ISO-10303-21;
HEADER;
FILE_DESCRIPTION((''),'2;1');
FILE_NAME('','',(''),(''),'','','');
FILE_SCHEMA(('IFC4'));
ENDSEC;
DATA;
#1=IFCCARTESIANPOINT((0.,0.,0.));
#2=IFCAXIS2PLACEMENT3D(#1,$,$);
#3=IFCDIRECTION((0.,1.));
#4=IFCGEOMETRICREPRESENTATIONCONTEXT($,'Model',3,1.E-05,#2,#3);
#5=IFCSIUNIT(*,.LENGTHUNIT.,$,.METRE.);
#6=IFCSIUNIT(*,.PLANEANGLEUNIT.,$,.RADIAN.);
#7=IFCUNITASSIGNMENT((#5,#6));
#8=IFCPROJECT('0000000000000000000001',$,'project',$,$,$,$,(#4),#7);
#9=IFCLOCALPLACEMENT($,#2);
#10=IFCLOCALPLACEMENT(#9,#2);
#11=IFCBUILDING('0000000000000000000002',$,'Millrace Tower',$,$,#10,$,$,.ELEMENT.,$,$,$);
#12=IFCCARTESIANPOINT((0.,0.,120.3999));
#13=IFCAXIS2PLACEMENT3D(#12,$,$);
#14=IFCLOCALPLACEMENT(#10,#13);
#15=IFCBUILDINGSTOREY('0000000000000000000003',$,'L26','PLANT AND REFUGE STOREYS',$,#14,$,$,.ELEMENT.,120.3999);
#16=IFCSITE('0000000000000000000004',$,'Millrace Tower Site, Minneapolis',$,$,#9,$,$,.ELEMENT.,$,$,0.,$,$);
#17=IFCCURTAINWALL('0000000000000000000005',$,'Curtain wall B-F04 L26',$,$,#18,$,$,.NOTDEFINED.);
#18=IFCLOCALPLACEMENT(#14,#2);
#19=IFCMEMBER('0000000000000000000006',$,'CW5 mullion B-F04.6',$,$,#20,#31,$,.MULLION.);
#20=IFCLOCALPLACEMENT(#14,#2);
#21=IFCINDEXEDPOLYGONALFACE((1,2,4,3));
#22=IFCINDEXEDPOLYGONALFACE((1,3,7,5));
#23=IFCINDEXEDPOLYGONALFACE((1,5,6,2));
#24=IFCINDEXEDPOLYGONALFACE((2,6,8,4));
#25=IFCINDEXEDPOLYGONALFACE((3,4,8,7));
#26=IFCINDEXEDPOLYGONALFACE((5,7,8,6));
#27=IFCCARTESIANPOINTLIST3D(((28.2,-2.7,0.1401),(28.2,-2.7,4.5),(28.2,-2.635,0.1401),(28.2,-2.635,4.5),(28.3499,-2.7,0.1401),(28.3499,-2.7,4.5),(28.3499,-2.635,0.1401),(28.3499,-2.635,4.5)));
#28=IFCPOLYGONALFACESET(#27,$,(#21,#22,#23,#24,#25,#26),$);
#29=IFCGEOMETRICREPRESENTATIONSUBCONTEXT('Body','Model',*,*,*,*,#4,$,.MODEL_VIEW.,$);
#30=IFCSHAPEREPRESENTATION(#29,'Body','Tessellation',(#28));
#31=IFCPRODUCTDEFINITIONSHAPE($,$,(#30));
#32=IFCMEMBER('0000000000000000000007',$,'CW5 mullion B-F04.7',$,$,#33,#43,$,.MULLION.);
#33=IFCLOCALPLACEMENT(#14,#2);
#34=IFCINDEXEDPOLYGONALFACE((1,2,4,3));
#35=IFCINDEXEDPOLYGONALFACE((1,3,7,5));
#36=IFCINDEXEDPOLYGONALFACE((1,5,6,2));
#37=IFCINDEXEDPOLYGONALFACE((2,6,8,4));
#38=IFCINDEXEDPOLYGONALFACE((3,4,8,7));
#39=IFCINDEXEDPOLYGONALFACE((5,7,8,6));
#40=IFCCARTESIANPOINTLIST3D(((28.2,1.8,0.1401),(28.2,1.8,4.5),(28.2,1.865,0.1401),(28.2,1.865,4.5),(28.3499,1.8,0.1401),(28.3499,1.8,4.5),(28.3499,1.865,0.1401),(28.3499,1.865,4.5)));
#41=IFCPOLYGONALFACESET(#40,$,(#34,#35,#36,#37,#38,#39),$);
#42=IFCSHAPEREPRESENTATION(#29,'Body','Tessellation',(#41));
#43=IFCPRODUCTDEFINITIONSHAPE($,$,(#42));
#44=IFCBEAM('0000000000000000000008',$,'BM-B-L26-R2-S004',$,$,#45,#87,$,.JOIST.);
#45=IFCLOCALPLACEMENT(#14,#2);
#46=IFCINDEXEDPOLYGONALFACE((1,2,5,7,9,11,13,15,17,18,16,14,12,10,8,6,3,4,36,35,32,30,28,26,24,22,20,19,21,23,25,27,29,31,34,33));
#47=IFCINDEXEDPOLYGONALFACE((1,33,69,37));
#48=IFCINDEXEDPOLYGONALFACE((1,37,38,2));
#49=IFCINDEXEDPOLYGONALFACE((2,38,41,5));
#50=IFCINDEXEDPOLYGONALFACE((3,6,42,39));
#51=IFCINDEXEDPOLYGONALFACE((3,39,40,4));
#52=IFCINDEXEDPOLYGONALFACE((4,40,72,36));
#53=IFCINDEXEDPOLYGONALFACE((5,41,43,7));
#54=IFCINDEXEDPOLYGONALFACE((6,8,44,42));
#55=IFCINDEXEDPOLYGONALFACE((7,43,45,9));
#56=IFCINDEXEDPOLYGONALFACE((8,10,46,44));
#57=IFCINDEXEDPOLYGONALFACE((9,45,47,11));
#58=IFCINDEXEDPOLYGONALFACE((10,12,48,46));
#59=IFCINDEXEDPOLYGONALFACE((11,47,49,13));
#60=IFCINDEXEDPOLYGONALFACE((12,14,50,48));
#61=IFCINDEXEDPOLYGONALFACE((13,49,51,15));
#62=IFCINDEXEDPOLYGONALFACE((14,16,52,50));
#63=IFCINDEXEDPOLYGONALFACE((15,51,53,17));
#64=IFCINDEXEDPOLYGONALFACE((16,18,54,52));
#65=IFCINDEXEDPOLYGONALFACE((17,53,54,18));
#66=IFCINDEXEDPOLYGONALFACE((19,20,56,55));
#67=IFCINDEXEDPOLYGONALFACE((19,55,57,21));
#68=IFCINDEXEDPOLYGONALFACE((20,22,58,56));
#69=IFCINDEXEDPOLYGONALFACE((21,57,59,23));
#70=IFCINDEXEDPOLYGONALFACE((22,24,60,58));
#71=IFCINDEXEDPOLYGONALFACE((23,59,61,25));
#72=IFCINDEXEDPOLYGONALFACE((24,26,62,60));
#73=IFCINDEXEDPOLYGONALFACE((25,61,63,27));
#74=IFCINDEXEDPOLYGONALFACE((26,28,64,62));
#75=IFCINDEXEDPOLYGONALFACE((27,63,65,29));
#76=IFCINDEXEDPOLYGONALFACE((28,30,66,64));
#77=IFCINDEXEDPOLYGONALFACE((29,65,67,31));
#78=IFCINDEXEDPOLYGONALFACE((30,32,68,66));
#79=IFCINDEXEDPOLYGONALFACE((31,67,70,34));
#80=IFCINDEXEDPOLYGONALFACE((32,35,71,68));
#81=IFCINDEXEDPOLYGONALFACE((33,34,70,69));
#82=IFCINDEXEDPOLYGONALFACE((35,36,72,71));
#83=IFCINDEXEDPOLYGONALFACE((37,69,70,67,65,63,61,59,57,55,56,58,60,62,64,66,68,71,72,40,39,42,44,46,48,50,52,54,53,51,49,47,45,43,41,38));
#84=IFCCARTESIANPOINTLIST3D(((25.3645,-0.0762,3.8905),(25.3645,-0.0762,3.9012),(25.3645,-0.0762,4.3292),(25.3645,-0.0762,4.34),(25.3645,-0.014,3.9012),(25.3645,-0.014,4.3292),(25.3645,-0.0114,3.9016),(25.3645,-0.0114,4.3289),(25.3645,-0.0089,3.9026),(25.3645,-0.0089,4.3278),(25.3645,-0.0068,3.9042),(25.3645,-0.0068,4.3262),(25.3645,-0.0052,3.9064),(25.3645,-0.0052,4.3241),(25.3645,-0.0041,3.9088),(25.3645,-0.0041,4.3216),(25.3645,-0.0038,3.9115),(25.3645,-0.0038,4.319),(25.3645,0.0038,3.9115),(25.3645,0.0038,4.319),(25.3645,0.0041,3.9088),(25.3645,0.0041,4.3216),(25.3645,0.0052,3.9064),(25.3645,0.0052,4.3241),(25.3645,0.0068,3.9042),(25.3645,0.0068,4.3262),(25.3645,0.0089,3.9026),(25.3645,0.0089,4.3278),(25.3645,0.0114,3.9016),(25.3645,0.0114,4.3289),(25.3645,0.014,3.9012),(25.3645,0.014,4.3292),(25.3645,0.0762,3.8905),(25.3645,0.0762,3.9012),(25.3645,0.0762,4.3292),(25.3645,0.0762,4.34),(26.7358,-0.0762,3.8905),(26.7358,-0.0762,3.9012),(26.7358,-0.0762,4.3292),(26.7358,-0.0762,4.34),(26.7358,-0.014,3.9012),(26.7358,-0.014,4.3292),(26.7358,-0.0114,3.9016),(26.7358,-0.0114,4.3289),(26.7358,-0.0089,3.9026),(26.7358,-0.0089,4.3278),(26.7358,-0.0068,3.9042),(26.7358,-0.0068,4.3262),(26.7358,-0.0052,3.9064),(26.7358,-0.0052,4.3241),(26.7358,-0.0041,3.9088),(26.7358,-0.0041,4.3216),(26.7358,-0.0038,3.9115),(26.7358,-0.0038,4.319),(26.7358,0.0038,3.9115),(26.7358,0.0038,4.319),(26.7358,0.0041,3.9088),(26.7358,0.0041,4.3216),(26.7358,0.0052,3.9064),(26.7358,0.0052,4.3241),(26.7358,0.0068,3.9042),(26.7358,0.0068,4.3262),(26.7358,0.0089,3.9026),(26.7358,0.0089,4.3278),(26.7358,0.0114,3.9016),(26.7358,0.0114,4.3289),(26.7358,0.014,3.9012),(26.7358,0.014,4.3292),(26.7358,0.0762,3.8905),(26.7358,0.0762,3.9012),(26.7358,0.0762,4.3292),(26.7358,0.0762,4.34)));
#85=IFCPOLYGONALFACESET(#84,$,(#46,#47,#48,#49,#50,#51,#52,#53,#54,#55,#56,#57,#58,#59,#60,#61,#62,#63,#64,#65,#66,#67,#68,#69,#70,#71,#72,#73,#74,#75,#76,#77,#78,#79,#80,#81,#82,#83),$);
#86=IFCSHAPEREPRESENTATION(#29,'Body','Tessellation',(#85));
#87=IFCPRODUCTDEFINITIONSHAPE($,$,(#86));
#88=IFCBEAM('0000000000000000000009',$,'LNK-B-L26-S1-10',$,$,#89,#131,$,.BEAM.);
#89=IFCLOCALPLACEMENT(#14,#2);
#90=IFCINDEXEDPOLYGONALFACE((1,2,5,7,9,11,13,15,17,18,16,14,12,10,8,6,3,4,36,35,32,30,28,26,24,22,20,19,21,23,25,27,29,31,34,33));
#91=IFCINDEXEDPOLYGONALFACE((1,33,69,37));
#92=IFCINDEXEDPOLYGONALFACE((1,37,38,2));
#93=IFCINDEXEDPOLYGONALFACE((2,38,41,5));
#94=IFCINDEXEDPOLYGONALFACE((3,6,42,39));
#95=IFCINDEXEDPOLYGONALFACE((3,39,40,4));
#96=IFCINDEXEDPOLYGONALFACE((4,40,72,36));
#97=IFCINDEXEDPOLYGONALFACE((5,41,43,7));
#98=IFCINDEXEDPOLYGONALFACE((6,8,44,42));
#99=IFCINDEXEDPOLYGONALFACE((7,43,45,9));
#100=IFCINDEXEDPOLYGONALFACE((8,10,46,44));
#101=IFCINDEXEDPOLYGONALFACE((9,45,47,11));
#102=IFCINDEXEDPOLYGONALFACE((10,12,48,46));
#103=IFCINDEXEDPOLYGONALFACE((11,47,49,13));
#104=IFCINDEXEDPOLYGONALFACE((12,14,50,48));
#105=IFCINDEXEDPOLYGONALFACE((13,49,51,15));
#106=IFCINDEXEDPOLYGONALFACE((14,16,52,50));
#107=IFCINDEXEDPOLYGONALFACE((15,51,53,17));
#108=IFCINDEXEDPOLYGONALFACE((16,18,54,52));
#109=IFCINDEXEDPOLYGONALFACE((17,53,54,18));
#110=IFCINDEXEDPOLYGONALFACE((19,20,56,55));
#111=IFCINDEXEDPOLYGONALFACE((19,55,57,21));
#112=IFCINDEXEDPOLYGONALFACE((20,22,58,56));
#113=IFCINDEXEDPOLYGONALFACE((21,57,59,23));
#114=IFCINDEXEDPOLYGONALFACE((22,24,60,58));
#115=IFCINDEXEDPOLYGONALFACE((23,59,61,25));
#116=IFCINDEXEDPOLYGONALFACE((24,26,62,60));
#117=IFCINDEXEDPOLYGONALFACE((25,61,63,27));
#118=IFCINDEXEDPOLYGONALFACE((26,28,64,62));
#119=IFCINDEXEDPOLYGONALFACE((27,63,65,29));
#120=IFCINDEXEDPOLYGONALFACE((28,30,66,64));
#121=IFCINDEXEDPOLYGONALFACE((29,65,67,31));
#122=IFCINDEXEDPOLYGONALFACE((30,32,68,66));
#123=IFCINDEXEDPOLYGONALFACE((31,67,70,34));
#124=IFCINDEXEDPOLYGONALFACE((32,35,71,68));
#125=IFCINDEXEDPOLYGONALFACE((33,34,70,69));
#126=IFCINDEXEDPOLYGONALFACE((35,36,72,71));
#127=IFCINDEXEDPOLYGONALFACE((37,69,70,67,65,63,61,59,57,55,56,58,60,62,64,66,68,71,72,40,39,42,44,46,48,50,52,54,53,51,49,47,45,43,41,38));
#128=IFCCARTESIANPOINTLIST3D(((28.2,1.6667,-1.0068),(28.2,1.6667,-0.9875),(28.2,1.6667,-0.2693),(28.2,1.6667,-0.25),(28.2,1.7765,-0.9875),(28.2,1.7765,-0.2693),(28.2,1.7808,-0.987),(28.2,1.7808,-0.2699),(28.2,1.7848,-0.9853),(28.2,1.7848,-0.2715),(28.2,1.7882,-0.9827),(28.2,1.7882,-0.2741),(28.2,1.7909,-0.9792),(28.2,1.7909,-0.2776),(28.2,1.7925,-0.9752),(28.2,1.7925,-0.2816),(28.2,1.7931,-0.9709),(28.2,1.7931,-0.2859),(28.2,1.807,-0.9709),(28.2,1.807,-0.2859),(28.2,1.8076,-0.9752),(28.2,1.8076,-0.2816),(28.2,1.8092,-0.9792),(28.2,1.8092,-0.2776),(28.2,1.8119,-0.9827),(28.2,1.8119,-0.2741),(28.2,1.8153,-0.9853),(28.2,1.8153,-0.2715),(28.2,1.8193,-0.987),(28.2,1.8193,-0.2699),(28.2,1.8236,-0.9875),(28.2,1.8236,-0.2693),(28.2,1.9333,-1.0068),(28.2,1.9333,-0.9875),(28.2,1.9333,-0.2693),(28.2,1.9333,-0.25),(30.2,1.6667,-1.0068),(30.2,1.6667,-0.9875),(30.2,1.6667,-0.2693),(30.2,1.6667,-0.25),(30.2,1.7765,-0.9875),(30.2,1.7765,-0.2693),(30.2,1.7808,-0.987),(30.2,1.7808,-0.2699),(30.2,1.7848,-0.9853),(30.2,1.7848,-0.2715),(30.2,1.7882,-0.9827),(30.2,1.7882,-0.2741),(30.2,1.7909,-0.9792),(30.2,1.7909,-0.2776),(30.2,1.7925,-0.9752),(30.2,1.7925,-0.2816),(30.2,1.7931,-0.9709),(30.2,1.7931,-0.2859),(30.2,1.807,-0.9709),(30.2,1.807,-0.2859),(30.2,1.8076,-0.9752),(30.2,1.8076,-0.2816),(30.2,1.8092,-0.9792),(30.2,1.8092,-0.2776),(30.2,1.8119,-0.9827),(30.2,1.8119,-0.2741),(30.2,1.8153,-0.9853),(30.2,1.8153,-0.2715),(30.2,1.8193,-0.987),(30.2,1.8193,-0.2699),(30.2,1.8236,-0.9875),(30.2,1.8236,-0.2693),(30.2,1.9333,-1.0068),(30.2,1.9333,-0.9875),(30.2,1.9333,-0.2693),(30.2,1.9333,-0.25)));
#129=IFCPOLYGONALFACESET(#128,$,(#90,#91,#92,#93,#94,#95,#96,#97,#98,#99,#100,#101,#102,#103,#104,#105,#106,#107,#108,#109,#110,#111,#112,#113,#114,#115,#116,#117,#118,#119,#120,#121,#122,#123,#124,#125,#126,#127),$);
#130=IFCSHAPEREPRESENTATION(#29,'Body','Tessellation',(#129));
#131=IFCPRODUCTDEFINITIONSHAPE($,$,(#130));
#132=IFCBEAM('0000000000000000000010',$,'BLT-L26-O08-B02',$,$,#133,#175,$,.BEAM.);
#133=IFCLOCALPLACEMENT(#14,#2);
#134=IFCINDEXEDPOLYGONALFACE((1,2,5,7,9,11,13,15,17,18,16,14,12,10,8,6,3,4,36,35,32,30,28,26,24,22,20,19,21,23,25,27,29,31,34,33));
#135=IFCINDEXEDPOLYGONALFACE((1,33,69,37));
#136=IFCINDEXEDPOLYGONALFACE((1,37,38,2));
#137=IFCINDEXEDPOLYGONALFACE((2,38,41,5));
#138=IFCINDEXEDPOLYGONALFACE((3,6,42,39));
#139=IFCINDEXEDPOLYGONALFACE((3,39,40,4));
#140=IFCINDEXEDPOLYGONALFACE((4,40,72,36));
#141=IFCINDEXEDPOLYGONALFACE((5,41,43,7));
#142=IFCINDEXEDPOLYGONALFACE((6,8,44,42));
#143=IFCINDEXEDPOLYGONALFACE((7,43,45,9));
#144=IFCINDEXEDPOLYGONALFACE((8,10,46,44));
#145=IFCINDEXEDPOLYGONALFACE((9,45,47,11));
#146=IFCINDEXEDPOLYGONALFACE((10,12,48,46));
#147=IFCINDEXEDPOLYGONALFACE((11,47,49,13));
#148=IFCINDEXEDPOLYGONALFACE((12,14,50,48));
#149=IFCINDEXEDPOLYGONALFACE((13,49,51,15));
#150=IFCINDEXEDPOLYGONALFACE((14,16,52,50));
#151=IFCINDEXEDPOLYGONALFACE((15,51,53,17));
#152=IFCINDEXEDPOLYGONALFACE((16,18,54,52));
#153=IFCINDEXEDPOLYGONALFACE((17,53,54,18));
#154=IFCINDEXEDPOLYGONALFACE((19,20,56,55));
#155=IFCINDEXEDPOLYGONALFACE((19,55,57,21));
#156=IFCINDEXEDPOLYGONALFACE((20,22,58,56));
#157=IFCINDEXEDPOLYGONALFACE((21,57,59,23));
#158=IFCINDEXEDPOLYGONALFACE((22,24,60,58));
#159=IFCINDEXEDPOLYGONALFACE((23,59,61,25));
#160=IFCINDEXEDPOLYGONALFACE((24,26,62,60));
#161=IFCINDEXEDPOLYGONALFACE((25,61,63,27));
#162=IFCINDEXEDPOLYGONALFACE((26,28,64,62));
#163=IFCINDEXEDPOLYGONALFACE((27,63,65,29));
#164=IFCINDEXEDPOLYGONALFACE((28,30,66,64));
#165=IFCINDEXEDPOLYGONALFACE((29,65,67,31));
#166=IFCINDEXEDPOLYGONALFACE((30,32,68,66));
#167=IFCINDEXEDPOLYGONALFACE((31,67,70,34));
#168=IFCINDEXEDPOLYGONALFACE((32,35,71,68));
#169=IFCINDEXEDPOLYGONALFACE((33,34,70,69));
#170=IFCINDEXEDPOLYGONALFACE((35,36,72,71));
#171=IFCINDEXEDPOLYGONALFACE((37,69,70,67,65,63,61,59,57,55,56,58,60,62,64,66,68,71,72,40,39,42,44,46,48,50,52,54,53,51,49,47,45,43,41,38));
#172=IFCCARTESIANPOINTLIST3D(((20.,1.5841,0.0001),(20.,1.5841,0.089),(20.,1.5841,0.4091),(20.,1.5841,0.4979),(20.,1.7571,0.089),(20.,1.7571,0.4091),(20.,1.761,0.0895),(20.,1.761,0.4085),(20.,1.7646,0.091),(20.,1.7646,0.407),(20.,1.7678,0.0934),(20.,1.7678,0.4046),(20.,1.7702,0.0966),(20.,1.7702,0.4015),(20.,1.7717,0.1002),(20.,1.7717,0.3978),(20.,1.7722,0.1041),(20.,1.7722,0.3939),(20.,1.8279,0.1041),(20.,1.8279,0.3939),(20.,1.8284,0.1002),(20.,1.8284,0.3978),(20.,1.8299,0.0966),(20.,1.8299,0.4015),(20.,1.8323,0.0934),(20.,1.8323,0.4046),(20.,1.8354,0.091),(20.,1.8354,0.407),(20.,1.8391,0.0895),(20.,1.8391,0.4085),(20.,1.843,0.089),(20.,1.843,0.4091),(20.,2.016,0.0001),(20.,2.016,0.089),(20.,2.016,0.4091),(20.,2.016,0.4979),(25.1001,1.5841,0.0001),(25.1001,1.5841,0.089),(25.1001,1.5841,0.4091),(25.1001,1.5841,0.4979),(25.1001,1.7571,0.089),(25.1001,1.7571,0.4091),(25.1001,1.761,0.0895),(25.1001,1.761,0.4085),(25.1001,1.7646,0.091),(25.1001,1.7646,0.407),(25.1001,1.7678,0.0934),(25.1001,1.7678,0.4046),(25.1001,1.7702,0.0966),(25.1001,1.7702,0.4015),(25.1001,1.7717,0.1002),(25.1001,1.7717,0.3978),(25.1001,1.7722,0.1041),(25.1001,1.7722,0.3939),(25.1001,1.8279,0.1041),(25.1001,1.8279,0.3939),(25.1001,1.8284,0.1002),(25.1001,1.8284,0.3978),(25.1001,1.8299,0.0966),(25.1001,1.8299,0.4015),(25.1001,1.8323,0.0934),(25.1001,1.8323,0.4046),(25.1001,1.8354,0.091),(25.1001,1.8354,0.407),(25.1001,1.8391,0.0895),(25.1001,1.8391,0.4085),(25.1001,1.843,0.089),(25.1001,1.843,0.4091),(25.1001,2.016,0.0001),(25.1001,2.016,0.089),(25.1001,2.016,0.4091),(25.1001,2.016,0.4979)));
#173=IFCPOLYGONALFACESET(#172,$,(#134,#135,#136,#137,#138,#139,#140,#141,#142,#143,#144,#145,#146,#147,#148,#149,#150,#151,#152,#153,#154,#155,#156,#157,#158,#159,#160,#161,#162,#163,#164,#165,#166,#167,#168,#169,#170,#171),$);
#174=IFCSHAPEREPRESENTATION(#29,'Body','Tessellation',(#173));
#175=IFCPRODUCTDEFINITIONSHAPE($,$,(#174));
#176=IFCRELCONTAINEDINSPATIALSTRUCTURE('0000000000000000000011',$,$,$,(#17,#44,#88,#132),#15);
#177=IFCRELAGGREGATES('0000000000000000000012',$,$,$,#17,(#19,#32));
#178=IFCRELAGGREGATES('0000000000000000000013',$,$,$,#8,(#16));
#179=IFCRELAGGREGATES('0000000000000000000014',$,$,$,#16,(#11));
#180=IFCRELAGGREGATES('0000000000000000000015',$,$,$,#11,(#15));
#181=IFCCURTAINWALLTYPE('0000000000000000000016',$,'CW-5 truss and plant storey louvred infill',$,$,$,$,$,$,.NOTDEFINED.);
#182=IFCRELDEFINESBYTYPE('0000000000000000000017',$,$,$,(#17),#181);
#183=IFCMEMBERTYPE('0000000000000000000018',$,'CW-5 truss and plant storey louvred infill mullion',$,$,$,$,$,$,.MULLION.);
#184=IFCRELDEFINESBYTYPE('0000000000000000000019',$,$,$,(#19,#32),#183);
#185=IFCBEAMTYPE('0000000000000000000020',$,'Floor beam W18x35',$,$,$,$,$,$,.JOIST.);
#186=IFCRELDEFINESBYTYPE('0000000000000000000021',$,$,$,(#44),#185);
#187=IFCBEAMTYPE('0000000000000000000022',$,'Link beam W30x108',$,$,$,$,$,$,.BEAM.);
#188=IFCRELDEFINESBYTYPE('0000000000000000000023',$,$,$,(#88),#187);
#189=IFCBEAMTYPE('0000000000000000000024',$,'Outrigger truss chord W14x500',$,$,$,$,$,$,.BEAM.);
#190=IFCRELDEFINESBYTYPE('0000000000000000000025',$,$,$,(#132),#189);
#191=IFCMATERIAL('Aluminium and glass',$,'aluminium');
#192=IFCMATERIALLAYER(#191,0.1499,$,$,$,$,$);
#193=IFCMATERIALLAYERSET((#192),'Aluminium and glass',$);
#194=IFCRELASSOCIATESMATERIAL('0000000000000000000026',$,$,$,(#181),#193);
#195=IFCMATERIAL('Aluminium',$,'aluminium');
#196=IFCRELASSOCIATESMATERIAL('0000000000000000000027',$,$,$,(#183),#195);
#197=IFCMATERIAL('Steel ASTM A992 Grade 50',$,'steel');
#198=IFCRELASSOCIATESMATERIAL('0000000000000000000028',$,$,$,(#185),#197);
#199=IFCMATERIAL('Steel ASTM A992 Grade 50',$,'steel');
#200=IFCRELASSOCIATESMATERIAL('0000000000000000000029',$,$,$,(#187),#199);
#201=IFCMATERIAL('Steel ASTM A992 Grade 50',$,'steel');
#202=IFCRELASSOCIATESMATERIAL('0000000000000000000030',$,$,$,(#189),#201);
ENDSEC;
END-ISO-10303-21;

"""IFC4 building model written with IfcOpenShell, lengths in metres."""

from ifc_helpers import new_model, si_unit, direction, frame, origin, origin_2d, place, context, subcontext, project, spatial, rectangle, i_section, extrude, material, layer, layer_set, material_profile, profile_set, type_object, element, aggregate, save


model = new_model("IFC4")

# Units and contexts
model_context = context("Model", 3, precision=1e-05, world=origin(), true_north=direction((0.0, 1.0)))
body_context = subcontext(model_context, "Body", "Model", "MODEL_VIEW")
ifc_project = project(units=[si_unit("LENGTHUNIT", "METRE"), si_unit("PLANEANGLEUNIT", "RADIAN")], contexts=[model_context])

# Site, building, storey
site_placement = place(None, origin())
site = spatial("IfcSite", under=ifc_project, at=site_placement, Name="Millrace Tower Site, Minneapolis", CompositionType="ELEMENT", RefElevation=0.0)
building_placement = place(site_placement, origin())
building = spatial("IfcBuilding", under=site, at=building_placement, Name="Millrace Tower", CompositionType="ELEMENT")
storey_placement = place(building_placement, frame((0.0, 0.0, 120.3999)))
storey = spatial("IfcBuildingStorey", under=building, at=storey_placement, Name="L26", Description="PLANT AND REFUGE STOREYS", CompositionType="ELEMENT", Elevation=120.3999)

# Curtain wall, members
ifc_material_1 = material(Name="Aluminium and glass", Category="aluminium")
ifc_layer_1 = layer(ifc_material_1, 0.1499)
ifc_layer_set_1 = layer_set([ifc_layer_1], Name="Aluminium and glass")
curtain_wall_type = type_object("IfcCurtainWallType", Name="CW-5 truss and plant storey louvred infill", PredefinedType="NOTDEFINED", material=ifc_layer_set_1)
curtain_wall_placement = place(storey_placement, origin())
curtain_wall = element("IfcCurtainWall", 1, at=curtain_wall_placement, inside=storey, type_object=curtain_wall_type, Name="Curtain wall B-F04 L26", PredefinedType="NOTDEFINED")
ifc_material_2 = material(Name="Aluminium", Category="aluminium")
ifc_material_profile_1 = material_profile(ifc_material_2, rectangle(XDim=0.0649, YDim=0.1499, at=origin_2d()))
ifc_profile_set_1 = profile_set([ifc_material_profile_1], Name="Aluminium")
member_type_1 = type_object("IfcMemberType", Name="CW-5 truss and plant storey louvred infill mullion", PredefinedType="MULLION", material=ifc_profile_set_1)
member_1_placement = place(storey_placement, frame((28.2749, -2.6675, 0.1401), z_axis=(0.0, 0.0, 1.0), x_axis=(0.0, 1.0, 0.0)))
member_1 = element("IfcMember", 2, at=member_1_placement, type_object=member_type_1, Name="CW5 mullion B-F04.6", PredefinedType="MULLION", context=body_context, shape_type="SweptSolid", body=[
    extrude(rectangle(XDim=0.0649, YDim=0.1499, at=origin_2d()), origin(), (0.0, 0.0, 1.0), 4.3599),
])
member_2_placement = place(storey_placement, frame((28.2749, 1.8325, 0.1401), z_axis=(0.0, 0.0, 1.0), x_axis=(0.0, 1.0, 0.0)))
member_2 = element("IfcMember", 3, at=member_2_placement, type_object=member_type_1, Name="CW5 mullion B-F04.7", PredefinedType="MULLION", context=body_context, shape_type="SweptSolid", body=[
    extrude(rectangle(XDim=0.0649, YDim=0.1499, at=origin_2d()), origin(), (0.0, 0.0, 1.0), 4.3599),
])
aggregate(curtain_wall, [member_1, member_2])

# Beams
ifc_material_3 = material(Name="Steel ASTM A992 Grade 50", Category="steel")
ifc_material_profile_2 = material_profile(ifc_material_3, i_section(OverallWidth=0.1523, OverallDepth=0.4495, WebThickness=0.0076, FlangeThickness=0.0107, FilletRadius=0.0103, at=origin_2d()))
ifc_profile_set_2 = profile_set([ifc_material_profile_2], Name="Steel ASTM A992 Grade 50")
beam_type_1 = type_object("IfcBeamType", Name="Floor beam W18x35", PredefinedType="JOIST", material=ifc_profile_set_2)
beam_1_placement = place(storey_placement, frame((25.3645, 0.0, 4.1152), z_axis=(1.0, 0.0, 0.0), x_axis=(0.0, 1.0, 0.0)))
element("IfcBeam", 4, at=beam_1_placement, inside=storey, type_object=beam_type_1, Name="BM-B-L26-R2-S004", PredefinedType="JOIST", context=body_context, shape_type="SweptSolid", body=[
    extrude(i_section(OverallWidth=0.1523, OverallDepth=0.4495, WebThickness=0.0076, FlangeThickness=0.0107, FilletRadius=0.0103, at=origin_2d()), origin(), (0.0, 0.0, 1.0), 1.3713),
])
ifc_material_4 = material(Name="Steel ASTM A992 Grade 50", Category="steel")
ifc_material_profile_3 = material_profile(ifc_material_4, i_section(OverallWidth=0.2666, OverallDepth=0.7568, WebThickness=0.0139, FlangeThickness=0.0193, FilletRadius=0.0166, at=origin_2d()))
ifc_profile_set_3 = profile_set([ifc_material_profile_3], Name="Steel ASTM A992 Grade 50")
beam_type_2 = type_object("IfcBeamType", Name="Link beam W30x108", PredefinedType="BEAM", material=ifc_profile_set_3)
beam_2_placement = place(storey_placement, frame((28.2, 1.8, -0.6284), z_axis=(1.0, 0.0, 0.0), x_axis=(0.0, 1.0, 0.0)))
element("IfcBeam", 5, at=beam_2_placement, inside=storey, type_object=beam_type_2, Name="LNK-B-L26-S1-10", PredefinedType="BEAM", context=body_context, shape_type="SweptSolid", body=[
    extrude(i_section(OverallWidth=0.2666, OverallDepth=0.7568, WebThickness=0.0139, FlangeThickness=0.0193, FilletRadius=0.0166, at=origin_2d()), origin(), (0.0, 0.0, 1.0), 2.0),
])
ifc_material_5 = material(Name="Steel ASTM A992 Grade 50", Category="steel")
ifc_material_profile_4 = material_profile(ifc_material_5, i_section(OverallWidth=0.4319, OverallDepth=0.4978, WebThickness=0.0557, FlangeThickness=0.0889, FilletRadius=0.0151, at=origin_2d()))
ifc_profile_set_4 = profile_set([ifc_material_profile_4], Name="Steel ASTM A992 Grade 50")
beam_type_3 = type_object("IfcBeamType", Name="Outrigger truss chord W14x500", PredefinedType="BEAM", material=ifc_profile_set_4)
for number, where, z_axis, x_axis, name in (
    (6, (20.0, 1.8, 0.249), (1.0, 0.0, 0.0), (0.0, 1.0, 0.0), "BLT-L26-O08-B02"),
):
    element("IfcBeam", number, at=place(storey_placement, frame(where, z_axis=z_axis, x_axis=x_axis)), inside=storey, type_object=beam_type_3, Name=name, PredefinedType="BEAM", context=body_context, shape_type="SweptSolid", body=[
        extrude(i_section(OverallWidth=0.4319, OverallDepth=0.4978, WebThickness=0.0557, FlangeThickness=0.0889, FilletRadius=0.0151, at=origin_2d()), origin(), (0.0, 0.0, 1.0), 5.1001),
    ])

save(model, "model.ifc")
